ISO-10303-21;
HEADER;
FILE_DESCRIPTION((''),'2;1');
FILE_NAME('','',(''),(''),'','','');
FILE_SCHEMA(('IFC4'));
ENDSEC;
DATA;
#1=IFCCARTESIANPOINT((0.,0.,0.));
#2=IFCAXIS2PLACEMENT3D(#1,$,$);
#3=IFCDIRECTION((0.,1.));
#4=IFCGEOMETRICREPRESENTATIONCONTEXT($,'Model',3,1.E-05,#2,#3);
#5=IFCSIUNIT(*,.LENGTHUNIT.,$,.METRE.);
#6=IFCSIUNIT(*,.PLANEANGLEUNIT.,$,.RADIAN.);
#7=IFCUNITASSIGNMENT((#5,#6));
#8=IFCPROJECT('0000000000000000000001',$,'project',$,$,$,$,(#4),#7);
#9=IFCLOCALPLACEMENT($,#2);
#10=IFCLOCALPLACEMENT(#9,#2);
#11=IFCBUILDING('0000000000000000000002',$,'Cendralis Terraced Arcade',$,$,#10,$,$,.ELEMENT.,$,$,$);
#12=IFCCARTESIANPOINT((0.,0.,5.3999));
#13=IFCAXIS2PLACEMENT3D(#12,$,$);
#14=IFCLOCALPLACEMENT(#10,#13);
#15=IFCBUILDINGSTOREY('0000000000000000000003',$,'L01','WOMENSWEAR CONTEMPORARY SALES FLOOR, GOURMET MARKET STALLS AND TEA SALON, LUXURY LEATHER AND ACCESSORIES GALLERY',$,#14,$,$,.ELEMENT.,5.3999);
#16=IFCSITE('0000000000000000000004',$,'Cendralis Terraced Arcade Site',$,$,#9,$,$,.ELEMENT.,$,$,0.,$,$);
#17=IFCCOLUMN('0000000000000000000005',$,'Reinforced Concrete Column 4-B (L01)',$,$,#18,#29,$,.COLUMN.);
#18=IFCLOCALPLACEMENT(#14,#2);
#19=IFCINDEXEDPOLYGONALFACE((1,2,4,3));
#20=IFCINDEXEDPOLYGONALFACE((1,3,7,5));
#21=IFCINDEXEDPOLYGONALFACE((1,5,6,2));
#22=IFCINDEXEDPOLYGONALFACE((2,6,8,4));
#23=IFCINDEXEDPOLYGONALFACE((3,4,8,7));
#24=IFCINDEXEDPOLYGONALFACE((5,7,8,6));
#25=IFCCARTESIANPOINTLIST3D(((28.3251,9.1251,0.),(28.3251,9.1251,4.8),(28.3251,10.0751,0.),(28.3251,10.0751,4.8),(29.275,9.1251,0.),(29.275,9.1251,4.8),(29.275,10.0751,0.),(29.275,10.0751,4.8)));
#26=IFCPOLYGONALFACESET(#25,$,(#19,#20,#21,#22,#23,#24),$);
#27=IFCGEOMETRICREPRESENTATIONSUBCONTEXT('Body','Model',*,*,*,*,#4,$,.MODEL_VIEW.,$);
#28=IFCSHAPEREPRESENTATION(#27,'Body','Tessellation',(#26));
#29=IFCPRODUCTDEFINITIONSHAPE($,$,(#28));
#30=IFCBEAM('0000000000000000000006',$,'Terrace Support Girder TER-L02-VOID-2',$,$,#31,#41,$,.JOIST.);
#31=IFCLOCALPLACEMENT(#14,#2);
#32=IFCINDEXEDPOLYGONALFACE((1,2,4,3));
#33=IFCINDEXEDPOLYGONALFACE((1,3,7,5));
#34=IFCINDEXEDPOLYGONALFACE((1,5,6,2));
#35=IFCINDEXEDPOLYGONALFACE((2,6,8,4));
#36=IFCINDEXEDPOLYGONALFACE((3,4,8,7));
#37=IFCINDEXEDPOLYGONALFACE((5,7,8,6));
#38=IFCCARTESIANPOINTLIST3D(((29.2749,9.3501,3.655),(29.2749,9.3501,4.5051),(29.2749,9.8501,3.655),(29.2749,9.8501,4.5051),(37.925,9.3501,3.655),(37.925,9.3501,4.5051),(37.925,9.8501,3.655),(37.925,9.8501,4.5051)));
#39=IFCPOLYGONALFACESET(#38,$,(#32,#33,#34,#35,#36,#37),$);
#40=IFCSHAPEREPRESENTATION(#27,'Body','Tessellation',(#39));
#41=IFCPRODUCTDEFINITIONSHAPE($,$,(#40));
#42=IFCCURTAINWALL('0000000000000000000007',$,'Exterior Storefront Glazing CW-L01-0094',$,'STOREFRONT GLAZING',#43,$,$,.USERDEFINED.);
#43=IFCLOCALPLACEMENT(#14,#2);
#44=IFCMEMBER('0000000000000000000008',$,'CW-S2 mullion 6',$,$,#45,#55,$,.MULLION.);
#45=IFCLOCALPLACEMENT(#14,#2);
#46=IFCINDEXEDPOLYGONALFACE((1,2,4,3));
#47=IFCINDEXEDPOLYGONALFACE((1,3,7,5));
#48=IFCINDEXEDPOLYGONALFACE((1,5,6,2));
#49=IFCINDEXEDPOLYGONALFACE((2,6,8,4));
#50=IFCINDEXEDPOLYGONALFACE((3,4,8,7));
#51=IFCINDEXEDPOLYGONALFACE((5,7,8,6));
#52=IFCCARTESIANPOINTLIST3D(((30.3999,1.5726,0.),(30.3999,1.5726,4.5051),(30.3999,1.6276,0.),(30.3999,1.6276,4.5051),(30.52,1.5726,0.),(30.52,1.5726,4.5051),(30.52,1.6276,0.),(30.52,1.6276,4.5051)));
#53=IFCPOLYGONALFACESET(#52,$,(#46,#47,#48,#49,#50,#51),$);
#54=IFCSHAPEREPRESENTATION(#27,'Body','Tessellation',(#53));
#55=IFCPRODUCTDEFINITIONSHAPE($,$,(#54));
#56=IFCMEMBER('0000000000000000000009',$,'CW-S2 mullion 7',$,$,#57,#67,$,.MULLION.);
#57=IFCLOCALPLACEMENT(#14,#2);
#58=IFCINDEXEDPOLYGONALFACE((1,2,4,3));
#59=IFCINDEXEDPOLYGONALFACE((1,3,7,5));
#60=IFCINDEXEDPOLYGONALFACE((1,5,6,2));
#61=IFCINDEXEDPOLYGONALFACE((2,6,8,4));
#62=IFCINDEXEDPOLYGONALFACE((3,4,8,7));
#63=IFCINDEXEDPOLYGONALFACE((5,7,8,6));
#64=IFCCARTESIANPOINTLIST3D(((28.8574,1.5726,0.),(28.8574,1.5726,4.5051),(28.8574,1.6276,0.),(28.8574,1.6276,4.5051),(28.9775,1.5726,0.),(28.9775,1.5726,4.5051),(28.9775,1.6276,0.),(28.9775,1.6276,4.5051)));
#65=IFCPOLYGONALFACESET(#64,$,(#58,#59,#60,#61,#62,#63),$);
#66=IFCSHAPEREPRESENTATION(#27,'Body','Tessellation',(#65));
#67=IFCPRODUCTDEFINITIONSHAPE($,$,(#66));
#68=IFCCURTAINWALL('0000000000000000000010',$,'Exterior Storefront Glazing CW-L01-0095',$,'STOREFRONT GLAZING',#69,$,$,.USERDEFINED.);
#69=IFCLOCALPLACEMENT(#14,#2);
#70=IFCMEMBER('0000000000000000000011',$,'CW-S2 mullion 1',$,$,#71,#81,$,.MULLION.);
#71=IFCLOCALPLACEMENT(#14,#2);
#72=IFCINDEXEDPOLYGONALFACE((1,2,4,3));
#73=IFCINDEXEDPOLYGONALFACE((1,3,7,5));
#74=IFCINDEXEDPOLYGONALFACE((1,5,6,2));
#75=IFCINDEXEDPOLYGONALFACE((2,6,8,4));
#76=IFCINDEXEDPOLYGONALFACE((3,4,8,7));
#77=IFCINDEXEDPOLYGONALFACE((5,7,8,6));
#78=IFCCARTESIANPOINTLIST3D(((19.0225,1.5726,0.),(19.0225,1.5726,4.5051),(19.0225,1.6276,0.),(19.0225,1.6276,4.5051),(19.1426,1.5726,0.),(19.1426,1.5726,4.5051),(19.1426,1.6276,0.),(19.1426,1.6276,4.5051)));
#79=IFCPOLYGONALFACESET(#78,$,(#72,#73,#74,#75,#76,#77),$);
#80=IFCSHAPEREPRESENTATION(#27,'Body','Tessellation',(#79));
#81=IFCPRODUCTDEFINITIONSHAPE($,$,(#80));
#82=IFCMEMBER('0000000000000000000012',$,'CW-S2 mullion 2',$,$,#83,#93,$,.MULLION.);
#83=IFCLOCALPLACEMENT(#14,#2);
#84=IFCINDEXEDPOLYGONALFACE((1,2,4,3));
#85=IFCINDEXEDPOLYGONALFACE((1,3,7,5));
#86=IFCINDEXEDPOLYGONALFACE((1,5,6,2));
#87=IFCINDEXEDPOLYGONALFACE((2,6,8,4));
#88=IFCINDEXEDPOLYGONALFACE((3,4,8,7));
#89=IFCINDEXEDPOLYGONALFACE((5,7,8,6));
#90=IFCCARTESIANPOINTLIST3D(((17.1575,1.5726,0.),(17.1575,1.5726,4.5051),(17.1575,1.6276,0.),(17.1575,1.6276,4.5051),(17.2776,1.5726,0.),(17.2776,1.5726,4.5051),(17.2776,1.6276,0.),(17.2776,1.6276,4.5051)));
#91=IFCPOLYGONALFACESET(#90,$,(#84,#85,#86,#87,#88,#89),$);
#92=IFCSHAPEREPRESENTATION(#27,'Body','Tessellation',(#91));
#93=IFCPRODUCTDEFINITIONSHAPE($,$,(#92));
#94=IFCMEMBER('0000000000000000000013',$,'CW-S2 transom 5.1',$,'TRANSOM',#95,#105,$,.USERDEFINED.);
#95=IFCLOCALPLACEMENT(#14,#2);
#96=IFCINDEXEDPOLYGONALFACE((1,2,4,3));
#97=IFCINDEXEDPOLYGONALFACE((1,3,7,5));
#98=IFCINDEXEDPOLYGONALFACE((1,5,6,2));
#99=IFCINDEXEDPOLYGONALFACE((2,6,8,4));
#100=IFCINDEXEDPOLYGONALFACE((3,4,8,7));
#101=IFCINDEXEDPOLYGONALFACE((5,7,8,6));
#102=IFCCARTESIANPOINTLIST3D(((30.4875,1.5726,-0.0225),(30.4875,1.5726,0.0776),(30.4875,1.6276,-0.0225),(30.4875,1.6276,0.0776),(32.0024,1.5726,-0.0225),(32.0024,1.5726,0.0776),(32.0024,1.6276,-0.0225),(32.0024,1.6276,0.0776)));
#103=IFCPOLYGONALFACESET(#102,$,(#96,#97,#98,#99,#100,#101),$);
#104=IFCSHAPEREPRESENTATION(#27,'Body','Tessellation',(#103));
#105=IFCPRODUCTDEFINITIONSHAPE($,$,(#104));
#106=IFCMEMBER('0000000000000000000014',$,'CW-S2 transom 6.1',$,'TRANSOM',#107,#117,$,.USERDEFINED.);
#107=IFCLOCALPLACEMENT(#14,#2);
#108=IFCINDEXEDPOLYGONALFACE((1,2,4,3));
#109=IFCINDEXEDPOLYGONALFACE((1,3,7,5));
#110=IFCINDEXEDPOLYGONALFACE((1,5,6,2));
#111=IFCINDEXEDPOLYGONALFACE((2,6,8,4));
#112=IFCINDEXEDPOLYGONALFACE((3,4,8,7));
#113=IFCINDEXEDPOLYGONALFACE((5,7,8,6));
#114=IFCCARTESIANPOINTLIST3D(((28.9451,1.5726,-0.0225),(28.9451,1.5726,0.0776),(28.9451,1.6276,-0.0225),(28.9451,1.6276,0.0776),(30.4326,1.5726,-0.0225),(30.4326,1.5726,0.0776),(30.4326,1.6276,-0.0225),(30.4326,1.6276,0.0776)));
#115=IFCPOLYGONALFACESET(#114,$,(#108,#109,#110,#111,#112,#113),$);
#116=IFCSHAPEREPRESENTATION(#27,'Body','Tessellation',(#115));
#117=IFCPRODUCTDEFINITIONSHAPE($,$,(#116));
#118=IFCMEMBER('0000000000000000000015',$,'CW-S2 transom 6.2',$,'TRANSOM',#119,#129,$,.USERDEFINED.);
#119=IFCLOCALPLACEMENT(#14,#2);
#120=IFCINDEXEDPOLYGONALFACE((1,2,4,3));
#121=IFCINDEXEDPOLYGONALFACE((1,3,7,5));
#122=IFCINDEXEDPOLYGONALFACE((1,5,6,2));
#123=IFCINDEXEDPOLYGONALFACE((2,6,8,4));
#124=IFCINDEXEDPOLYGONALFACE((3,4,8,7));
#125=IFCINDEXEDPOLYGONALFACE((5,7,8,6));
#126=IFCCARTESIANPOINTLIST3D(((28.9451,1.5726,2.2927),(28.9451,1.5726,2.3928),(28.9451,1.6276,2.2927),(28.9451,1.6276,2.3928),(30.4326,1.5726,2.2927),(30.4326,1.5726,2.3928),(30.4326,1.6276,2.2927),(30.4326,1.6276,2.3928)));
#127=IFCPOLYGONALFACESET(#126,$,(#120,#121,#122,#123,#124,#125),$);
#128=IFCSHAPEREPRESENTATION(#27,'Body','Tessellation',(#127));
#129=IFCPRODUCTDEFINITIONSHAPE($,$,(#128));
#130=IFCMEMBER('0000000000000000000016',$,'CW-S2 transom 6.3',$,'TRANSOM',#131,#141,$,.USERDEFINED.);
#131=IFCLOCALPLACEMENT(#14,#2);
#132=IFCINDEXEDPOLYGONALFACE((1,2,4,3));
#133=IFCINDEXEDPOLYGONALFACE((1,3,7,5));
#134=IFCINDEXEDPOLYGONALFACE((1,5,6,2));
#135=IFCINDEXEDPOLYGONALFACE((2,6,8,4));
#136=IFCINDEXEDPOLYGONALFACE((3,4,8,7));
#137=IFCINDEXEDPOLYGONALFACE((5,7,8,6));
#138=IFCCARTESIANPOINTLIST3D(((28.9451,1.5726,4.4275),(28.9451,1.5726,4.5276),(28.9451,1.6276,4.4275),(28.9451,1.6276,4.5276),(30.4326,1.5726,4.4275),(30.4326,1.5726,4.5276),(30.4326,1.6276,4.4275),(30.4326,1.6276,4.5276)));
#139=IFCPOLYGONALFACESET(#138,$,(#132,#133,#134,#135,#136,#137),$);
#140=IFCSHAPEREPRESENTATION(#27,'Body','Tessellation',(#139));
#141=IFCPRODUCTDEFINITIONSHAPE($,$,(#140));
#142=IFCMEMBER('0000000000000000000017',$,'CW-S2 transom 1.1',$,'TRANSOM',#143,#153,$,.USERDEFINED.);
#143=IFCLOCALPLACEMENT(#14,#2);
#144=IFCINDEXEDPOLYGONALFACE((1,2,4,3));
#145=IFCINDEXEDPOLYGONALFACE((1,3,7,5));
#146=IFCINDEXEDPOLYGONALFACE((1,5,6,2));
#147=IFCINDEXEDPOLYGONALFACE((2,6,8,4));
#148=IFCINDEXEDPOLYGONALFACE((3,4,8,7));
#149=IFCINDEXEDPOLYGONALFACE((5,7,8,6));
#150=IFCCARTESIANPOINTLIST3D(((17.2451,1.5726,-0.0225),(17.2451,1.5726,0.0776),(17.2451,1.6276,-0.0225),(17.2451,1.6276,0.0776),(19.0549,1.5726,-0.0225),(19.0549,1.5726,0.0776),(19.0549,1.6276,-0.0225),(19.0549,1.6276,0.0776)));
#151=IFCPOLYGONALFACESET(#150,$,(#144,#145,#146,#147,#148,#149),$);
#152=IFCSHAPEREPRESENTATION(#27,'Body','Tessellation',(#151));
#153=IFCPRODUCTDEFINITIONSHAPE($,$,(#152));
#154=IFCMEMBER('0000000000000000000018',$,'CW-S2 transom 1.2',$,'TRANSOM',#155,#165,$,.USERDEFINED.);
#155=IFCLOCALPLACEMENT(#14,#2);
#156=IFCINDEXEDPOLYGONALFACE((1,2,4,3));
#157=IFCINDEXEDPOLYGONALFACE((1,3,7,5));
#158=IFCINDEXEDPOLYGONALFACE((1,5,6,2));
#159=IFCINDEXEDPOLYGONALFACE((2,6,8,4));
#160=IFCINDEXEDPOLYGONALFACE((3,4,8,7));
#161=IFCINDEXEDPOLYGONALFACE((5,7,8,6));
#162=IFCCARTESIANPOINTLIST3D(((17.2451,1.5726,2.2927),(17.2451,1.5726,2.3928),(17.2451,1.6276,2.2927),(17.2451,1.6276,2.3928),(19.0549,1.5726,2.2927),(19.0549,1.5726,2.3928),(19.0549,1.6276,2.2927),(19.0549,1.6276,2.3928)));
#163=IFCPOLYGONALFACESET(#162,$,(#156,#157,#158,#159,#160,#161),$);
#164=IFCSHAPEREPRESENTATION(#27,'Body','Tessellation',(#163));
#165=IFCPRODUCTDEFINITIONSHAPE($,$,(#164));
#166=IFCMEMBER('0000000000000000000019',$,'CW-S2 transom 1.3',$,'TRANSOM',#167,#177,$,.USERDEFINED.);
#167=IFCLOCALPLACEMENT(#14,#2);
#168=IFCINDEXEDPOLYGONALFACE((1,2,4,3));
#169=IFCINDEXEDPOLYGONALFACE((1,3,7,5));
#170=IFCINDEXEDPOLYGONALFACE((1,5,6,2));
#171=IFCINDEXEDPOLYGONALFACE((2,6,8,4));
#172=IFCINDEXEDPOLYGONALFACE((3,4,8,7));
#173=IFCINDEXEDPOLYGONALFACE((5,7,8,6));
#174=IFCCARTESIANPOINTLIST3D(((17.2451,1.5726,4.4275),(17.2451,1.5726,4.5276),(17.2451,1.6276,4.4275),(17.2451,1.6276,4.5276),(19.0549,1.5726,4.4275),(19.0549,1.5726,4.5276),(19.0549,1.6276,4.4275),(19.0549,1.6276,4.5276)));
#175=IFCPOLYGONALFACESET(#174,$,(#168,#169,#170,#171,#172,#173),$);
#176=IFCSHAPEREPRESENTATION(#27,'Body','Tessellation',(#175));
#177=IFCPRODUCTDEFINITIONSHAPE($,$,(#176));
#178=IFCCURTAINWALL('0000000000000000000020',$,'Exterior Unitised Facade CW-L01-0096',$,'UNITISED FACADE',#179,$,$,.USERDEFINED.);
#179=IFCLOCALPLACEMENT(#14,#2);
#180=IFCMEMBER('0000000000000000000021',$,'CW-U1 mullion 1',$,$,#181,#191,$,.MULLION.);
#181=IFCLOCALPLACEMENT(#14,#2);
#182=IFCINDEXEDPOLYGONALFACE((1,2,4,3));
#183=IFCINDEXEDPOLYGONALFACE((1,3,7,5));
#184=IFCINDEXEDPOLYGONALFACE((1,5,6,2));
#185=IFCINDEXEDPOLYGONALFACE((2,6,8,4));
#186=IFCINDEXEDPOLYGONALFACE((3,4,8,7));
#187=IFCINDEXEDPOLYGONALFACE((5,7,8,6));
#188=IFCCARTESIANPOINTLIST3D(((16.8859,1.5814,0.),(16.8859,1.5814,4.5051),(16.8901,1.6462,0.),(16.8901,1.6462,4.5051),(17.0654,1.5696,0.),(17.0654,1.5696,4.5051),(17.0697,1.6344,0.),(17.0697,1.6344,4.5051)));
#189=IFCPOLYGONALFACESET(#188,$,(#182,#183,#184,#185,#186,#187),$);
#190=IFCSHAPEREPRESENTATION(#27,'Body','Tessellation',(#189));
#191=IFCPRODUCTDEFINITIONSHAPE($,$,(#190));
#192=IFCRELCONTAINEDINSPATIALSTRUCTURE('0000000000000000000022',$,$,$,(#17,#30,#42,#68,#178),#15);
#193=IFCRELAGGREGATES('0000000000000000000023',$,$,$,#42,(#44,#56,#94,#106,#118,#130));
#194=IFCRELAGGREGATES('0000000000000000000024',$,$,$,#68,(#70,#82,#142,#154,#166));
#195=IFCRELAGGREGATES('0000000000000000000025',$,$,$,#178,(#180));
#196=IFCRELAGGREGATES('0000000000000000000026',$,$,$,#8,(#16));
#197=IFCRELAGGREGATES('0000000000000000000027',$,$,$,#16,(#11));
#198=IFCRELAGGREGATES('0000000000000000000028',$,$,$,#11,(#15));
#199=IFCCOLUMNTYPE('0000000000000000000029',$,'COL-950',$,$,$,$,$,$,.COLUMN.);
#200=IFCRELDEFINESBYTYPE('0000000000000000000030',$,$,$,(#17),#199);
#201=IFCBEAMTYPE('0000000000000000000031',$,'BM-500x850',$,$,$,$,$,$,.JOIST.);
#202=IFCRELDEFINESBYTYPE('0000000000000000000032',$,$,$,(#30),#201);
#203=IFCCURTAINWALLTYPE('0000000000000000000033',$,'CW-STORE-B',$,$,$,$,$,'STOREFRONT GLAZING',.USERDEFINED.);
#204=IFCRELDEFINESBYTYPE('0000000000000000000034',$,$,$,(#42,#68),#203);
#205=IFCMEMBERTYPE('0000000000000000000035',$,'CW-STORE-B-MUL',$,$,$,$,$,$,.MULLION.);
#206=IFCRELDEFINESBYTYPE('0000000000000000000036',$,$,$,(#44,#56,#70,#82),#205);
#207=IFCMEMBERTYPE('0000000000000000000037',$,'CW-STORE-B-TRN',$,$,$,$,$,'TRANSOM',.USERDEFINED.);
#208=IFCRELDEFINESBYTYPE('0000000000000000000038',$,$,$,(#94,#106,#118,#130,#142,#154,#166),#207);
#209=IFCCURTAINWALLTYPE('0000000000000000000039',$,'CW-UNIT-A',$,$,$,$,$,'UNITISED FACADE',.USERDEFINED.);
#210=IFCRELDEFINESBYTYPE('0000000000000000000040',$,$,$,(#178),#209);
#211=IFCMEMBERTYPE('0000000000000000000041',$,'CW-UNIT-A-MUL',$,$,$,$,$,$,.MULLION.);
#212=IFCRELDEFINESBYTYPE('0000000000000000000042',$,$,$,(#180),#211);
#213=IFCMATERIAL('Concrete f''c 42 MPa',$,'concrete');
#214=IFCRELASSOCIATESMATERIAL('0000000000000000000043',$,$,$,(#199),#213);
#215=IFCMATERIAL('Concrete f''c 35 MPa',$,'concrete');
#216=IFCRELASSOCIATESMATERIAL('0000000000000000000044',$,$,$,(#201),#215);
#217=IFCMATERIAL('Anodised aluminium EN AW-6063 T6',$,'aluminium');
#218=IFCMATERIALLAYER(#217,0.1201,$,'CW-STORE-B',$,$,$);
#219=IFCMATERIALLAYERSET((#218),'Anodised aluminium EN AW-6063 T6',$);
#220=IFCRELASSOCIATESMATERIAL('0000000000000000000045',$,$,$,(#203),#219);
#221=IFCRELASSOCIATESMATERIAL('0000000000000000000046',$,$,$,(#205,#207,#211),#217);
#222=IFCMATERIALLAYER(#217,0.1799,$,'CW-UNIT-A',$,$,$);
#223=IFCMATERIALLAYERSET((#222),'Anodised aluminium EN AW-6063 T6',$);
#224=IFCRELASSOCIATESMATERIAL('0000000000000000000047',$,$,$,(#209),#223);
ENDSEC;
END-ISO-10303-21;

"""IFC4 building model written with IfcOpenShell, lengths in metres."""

from ifc_helpers import new_model, si_unit, direction, frame, origin, origin_2d, place, context, subcontext, project, spatial, rectangle, extrude, material, layer, layer_set, material_profile, profile_set, type_object, element, aggregate, save


model = new_model("IFC4")

# Units and contexts
model_context = context("Model", 3, precision=1e-05, world=origin(), true_north=direction((0.0, 1.0)))
body_context = subcontext(model_context, "Body", "Model", "MODEL_VIEW")
ifc_project = project(units=[si_unit("LENGTHUNIT", "METRE"), si_unit("PLANEANGLEUNIT", "RADIAN")], contexts=[model_context])

# Site, building, storey
site_placement = place(None, origin())
site = spatial("IfcSite", under=ifc_project, at=site_placement, Name="Cendralis Terraced Arcade Site", CompositionType="ELEMENT", RefElevation=0.0)
building_placement = place(site_placement, origin())
building = spatial("IfcBuilding", under=site, at=building_placement, Name="Cendralis Terraced Arcade", CompositionType="ELEMENT")
storey_placement = place(building_placement, frame((0.0, 0.0, 5.3999)))
storey = spatial("IfcBuildingStorey", under=building, at=storey_placement, Name="L01", Description="WOMENSWEAR CONTEMPORARY SALES FLOOR, GOURMET MARKET STALLS AND TEA SALON, LUXURY LEATHER AND ACCESSORIES GALLERY", CompositionType="ELEMENT", Elevation=5.3999)

# Column
ifc_material_1 = material(Name="Concrete f'c 42 MPa", Category="concrete")
ifc_material_profile_1 = material_profile(ifc_material_1, rectangle(XDim=0.95, YDim=0.95, at=origin_2d()), Name="RC-COL-950x950", Category="LoadBearing")
ifc_profile_set_1 = profile_set([ifc_material_profile_1], Name="Concrete f'c 42 MPa")
column_type = type_object("IfcColumnType", Name="COL-950", PredefinedType="COLUMN", material=ifc_profile_set_1)
column_placement = place(storey_placement, frame((28.8, 9.6001, 0.0), z_axis=(0.0, 0.0, 1.0), x_axis=(1.0, 0.0, 0.0)))
element("IfcColumn", 1, at=column_placement, inside=storey, type_object=column_type, Name="Reinforced Concrete Column 4-B (L01)", PredefinedType="COLUMN", context=body_context, shape_type="SweptSolid", body=[
    extrude(rectangle(XDim=0.95, YDim=0.95, at=origin_2d()), origin(), (0.0, 0.0, 1.0), 4.8),
])

# Beam
ifc_material_2 = material(Name="Concrete f'c 35 MPa", Category="concrete")
ifc_material_profile_2 = material_profile(ifc_material_2, rectangle(XDim=0.5, YDim=0.8501, at=origin_2d()), Name="RC-BM-500x850", Category="LoadBearing")
ifc_profile_set_2 = profile_set([ifc_material_profile_2], Name="Concrete f'c 35 MPa")
beam_type = type_object("IfcBeamType", Name="BM-500x850", PredefinedType="JOIST", material=ifc_profile_set_2)
beam_placement = place(storey_placement, frame((29.2749, 9.6001, 4.0801), z_axis=(1.0, 0.0, 0.0), x_axis=(0.0, 1.0, 0.0)))
element("IfcBeam", 2, at=beam_placement, inside=storey, type_object=beam_type, Name="Terrace Support Girder TER-L02-VOID-2", PredefinedType="JOIST", context=body_context, shape_type="SweptSolid", body=[
    extrude(rectangle(XDim=0.5, YDim=0.8501, at=origin_2d()), origin(), (0.0, 0.0, 1.0), 8.6501),
])

# Curtain walls, members
ifc_material_3 = material(Name="Anodised aluminium EN AW-6063 T6", Category="aluminium")
ifc_layer_1 = layer(ifc_material_3, 0.1201, Name="CW-STORE-B")
ifc_layer_set_1 = layer_set([ifc_layer_1], Name="Anodised aluminium EN AW-6063 T6")
curtain_wall_type_1 = type_object("IfcCurtainWallType", Name="CW-STORE-B", ElementType="STOREFRONT GLAZING", PredefinedType="USERDEFINED", material=ifc_layer_set_1)
curtain_wall_1_placement = place(storey_placement, origin())
curtain_wall_1 = element("IfcCurtainWall", 3, at=curtain_wall_1_placement, inside=storey, type_object=curtain_wall_type_1, Name="Exterior Storefront Glazing CW-L01-0094", ObjectType="STOREFRONT GLAZING", PredefinedType="USERDEFINED")
ifc_material_profile_3 = material_profile(ifc_material_3, rectangle(XDim=0.0549, YDim=0.1201, at=origin_2d()), Name="ALU-MUL-55x120")
ifc_profile_set_3 = profile_set([ifc_material_profile_3], Name="Anodised aluminium EN AW-6063 T6")
member_type_1 = type_object("IfcMemberType", Name="CW-STORE-B-MUL", PredefinedType="MULLION", material=ifc_profile_set_3)
member_1_placement = place(storey_placement, frame((30.46, 1.6001, 0.0), z_axis=(0.0, 0.0, 1.0), x_axis=(0.0, -1.0, 0.0)))
member_1 = element("IfcMember", 4, at=member_1_placement, type_object=member_type_1, Name="CW-S2 mullion 6", PredefinedType="MULLION", context=body_context, shape_type="SweptSolid", body=[
    extrude(rectangle(XDim=0.0549, YDim=0.1201, at=origin_2d()), origin(), (0.0, 0.0, 1.0), 4.5051),
])
member_2_placement = place(storey_placement, frame((28.9175, 1.6001, 0.0), z_axis=(0.0, 0.0, 1.0), x_axis=(0.0, -1.0, 0.0)))
member_2 = element("IfcMember", 5, at=member_2_placement, type_object=member_type_1, Name="CW-S2 mullion 7", PredefinedType="MULLION", context=body_context, shape_type="SweptSolid", body=[
    extrude(rectangle(XDim=0.0549, YDim=0.1201, at=origin_2d()), origin(), (0.0, 0.0, 1.0), 4.5051),
])
curtain_wall_2_placement = place(storey_placement, origin())
curtain_wall_2 = element("IfcCurtainWall", 6, at=curtain_wall_2_placement, inside=storey, type_object=curtain_wall_type_1, Name="Exterior Storefront Glazing CW-L01-0095", ObjectType="STOREFRONT GLAZING", PredefinedType="USERDEFINED")
member_3_placement = place(storey_placement, frame((19.0825, 1.6001, 0.0), z_axis=(0.0, 0.0, 1.0), x_axis=(0.0, -1.0, 0.0)))
member_3 = element("IfcMember", 7, at=member_3_placement, type_object=member_type_1, Name="CW-S2 mullion 1", PredefinedType="MULLION", context=body_context, shape_type="SweptSolid", body=[
    extrude(rectangle(XDim=0.0549, YDim=0.1201, at=origin_2d()), origin(), (0.0, 0.0, 1.0), 4.5051),
])
member_4_placement = place(storey_placement, frame((17.2175, 1.6001, 0.0), z_axis=(0.0, 0.0, 1.0), x_axis=(0.0, -1.0, 0.0)))
member_4 = element("IfcMember", 8, at=member_4_placement, type_object=member_type_1, Name="CW-S2 mullion 2", PredefinedType="MULLION", context=body_context, shape_type="SweptSolid", body=[
    extrude(rectangle(XDim=0.0549, YDim=0.1201, at=origin_2d()), origin(), (0.0, 0.0, 1.0), 4.5051),
])

# Members
ifc_material_profile_4 = material_profile(ifc_material_3, rectangle(XDim=0.0549, YDim=0.1001, at=origin_2d()), Name="ALU-TRN-55x100")
ifc_profile_set_4 = profile_set([ifc_material_profile_4], Name="Anodised aluminium EN AW-6063 T6")
member_type_2 = type_object("IfcMemberType", Name="CW-STORE-B-TRN", ElementType="TRANSOM", PredefinedType="USERDEFINED", material=ifc_profile_set_4)
member_5_placement = place(storey_placement, frame((32.0024, 1.6001, 0.0276), z_axis=(-1.0, 0.0, 0.0), x_axis=(0.0, -1.0, 0.0)))
member_5 = element("IfcMember", 9, at=member_5_placement, type_object=member_type_2, Name="CW-S2 transom 5.1", ObjectType="TRANSOM", PredefinedType="USERDEFINED", context=body_context, shape_type="SweptSolid", body=[
    extrude(rectangle(XDim=0.0549, YDim=0.1001, at=origin_2d()), origin(), (0.0, 0.0, 1.0), 1.5149),
])
member_6_placement = place(storey_placement, frame((30.4326, 1.6001, 0.0276), z_axis=(-1.0, 0.0, 0.0), x_axis=(0.0, -1.0, 0.0)))
member_6 = element("IfcMember", 10, at=member_6_placement, type_object=member_type_2, Name="CW-S2 transom 6.1", ObjectType="TRANSOM", PredefinedType="USERDEFINED", context=body_context, shape_type="SweptSolid", body=[
    extrude(rectangle(XDim=0.0549, YDim=0.1001, at=origin_2d()), origin(), (0.0, 0.0, 1.0), 1.4875),
])
member_7_placement = place(storey_placement, frame((30.4326, 1.6001, 2.3428), z_axis=(-1.0, 0.0, 0.0), x_axis=(0.0, -1.0, 0.0)))
member_7 = element("IfcMember", 11, at=member_7_placement, type_object=member_type_2, Name="CW-S2 transom 6.2", ObjectType="TRANSOM", PredefinedType="USERDEFINED", context=body_context, shape_type="SweptSolid", body=[
    extrude(rectangle(XDim=0.0549, YDim=0.1001, at=origin_2d()), origin(), (0.0, 0.0, 1.0), 1.4875),
])
member_8_placement = place(storey_placement, frame((30.4326, 1.6001, 4.4775), z_axis=(-1.0, 0.0, 0.0), x_axis=(0.0, -1.0, 0.0)))
member_8 = element("IfcMember", 12, at=member_8_placement, type_object=member_type_2, Name="CW-S2 transom 6.3", ObjectType="TRANSOM", PredefinedType="USERDEFINED", context=body_context, shape_type="SweptSolid", body=[
    extrude(rectangle(XDim=0.0549, YDim=0.1001, at=origin_2d()), origin(), (0.0, 0.0, 1.0), 1.4875),
])
member_9_placement = place(storey_placement, frame((19.0549, 1.6001, 0.0276), z_axis=(-1.0, 0.0, 0.0), x_axis=(0.0, -1.0, 0.0)))
member_9 = element("IfcMember", 13, at=member_9_placement, type_object=member_type_2, Name="CW-S2 transom 1.1", ObjectType="TRANSOM", PredefinedType="USERDEFINED", context=body_context, shape_type="SweptSolid", body=[
    extrude(rectangle(XDim=0.0549, YDim=0.1001, at=origin_2d()), origin(), (0.0, 0.0, 1.0), 1.8098),
])
member_10_placement = place(storey_placement, frame((19.0549, 1.6001, 2.3428), z_axis=(-1.0, 0.0, 0.0), x_axis=(0.0, -1.0, 0.0)))
member_10 = element("IfcMember", 14, at=member_10_placement, type_object=member_type_2, Name="CW-S2 transom 1.2", ObjectType="TRANSOM", PredefinedType="USERDEFINED", context=body_context, shape_type="SweptSolid", body=[
    extrude(rectangle(XDim=0.0549, YDim=0.1001, at=origin_2d()), origin(), (0.0, 0.0, 1.0), 1.8098),
])
member_11_placement = place(storey_placement, frame((19.0549, 1.6001, 4.4775), z_axis=(-1.0, 0.0, 0.0), x_axis=(0.0, -1.0, 0.0)))
member_11 = element("IfcMember", 15, at=member_11_placement, type_object=member_type_2, Name="CW-S2 transom 1.3", ObjectType="TRANSOM", PredefinedType="USERDEFINED", context=body_context, shape_type="SweptSolid", body=[
    extrude(rectangle(XDim=0.0549, YDim=0.1001, at=origin_2d()), origin(), (0.0, 0.0, 1.0), 1.8098),
])

# Curtain wall, member
ifc_layer_2 = layer(ifc_material_3, 0.1799, Name="CW-UNIT-A")
ifc_layer_set_2 = layer_set([ifc_layer_2], Name="Anodised aluminium EN AW-6063 T6")
curtain_wall_type_2 = type_object("IfcCurtainWallType", Name="CW-UNIT-A", ElementType="UNITISED FACADE", PredefinedType="USERDEFINED", material=ifc_layer_set_2)
curtain_wall_3_placement = place(storey_placement, origin())
curtain_wall_3 = element("IfcCurtainWall", 16, at=curtain_wall_3_placement, inside=storey, type_object=curtain_wall_type_2, Name="Exterior Unitised Facade CW-L01-0096", ObjectType="UNITISED FACADE", PredefinedType="USERDEFINED")
ifc_material_profile_5 = material_profile(ifc_material_3, rectangle(XDim=0.0649, YDim=0.1799, at=origin_2d()), Name="ALU-MUL-65x180")
ifc_profile_set_5 = profile_set([ifc_material_profile_5], Name="Anodised aluminium EN AW-6063 T6")
member_type_3 = type_object("IfcMemberType", Name="CW-UNIT-A-MUL", PredefinedType="MULLION", material=ifc_profile_set_5)
member_12_placement = place(storey_placement, frame((16.9778, 1.6079, 0.0), z_axis=(0.0, 0.0, 1.0), x_axis=(-0.065384, -0.99786, 0.0)))
member_12 = element("IfcMember", 17, at=member_12_placement, type_object=member_type_3, Name="CW-U1 mullion 1", PredefinedType="MULLION", context=body_context, shape_type="SweptSolid", body=[
    extrude(rectangle(XDim=0.0649, YDim=0.1799, at=origin_2d()), origin(), (0.0, 0.0, 1.0), 4.5051),
])

aggregate(curtain_wall_1, [member_1, member_2, member_5, member_6, member_7, member_8])
aggregate(curtain_wall_2, [member_3, member_4, member_9, member_10, member_11])
aggregate(curtain_wall_3, [member_12])

save(model, "model.ifc")
